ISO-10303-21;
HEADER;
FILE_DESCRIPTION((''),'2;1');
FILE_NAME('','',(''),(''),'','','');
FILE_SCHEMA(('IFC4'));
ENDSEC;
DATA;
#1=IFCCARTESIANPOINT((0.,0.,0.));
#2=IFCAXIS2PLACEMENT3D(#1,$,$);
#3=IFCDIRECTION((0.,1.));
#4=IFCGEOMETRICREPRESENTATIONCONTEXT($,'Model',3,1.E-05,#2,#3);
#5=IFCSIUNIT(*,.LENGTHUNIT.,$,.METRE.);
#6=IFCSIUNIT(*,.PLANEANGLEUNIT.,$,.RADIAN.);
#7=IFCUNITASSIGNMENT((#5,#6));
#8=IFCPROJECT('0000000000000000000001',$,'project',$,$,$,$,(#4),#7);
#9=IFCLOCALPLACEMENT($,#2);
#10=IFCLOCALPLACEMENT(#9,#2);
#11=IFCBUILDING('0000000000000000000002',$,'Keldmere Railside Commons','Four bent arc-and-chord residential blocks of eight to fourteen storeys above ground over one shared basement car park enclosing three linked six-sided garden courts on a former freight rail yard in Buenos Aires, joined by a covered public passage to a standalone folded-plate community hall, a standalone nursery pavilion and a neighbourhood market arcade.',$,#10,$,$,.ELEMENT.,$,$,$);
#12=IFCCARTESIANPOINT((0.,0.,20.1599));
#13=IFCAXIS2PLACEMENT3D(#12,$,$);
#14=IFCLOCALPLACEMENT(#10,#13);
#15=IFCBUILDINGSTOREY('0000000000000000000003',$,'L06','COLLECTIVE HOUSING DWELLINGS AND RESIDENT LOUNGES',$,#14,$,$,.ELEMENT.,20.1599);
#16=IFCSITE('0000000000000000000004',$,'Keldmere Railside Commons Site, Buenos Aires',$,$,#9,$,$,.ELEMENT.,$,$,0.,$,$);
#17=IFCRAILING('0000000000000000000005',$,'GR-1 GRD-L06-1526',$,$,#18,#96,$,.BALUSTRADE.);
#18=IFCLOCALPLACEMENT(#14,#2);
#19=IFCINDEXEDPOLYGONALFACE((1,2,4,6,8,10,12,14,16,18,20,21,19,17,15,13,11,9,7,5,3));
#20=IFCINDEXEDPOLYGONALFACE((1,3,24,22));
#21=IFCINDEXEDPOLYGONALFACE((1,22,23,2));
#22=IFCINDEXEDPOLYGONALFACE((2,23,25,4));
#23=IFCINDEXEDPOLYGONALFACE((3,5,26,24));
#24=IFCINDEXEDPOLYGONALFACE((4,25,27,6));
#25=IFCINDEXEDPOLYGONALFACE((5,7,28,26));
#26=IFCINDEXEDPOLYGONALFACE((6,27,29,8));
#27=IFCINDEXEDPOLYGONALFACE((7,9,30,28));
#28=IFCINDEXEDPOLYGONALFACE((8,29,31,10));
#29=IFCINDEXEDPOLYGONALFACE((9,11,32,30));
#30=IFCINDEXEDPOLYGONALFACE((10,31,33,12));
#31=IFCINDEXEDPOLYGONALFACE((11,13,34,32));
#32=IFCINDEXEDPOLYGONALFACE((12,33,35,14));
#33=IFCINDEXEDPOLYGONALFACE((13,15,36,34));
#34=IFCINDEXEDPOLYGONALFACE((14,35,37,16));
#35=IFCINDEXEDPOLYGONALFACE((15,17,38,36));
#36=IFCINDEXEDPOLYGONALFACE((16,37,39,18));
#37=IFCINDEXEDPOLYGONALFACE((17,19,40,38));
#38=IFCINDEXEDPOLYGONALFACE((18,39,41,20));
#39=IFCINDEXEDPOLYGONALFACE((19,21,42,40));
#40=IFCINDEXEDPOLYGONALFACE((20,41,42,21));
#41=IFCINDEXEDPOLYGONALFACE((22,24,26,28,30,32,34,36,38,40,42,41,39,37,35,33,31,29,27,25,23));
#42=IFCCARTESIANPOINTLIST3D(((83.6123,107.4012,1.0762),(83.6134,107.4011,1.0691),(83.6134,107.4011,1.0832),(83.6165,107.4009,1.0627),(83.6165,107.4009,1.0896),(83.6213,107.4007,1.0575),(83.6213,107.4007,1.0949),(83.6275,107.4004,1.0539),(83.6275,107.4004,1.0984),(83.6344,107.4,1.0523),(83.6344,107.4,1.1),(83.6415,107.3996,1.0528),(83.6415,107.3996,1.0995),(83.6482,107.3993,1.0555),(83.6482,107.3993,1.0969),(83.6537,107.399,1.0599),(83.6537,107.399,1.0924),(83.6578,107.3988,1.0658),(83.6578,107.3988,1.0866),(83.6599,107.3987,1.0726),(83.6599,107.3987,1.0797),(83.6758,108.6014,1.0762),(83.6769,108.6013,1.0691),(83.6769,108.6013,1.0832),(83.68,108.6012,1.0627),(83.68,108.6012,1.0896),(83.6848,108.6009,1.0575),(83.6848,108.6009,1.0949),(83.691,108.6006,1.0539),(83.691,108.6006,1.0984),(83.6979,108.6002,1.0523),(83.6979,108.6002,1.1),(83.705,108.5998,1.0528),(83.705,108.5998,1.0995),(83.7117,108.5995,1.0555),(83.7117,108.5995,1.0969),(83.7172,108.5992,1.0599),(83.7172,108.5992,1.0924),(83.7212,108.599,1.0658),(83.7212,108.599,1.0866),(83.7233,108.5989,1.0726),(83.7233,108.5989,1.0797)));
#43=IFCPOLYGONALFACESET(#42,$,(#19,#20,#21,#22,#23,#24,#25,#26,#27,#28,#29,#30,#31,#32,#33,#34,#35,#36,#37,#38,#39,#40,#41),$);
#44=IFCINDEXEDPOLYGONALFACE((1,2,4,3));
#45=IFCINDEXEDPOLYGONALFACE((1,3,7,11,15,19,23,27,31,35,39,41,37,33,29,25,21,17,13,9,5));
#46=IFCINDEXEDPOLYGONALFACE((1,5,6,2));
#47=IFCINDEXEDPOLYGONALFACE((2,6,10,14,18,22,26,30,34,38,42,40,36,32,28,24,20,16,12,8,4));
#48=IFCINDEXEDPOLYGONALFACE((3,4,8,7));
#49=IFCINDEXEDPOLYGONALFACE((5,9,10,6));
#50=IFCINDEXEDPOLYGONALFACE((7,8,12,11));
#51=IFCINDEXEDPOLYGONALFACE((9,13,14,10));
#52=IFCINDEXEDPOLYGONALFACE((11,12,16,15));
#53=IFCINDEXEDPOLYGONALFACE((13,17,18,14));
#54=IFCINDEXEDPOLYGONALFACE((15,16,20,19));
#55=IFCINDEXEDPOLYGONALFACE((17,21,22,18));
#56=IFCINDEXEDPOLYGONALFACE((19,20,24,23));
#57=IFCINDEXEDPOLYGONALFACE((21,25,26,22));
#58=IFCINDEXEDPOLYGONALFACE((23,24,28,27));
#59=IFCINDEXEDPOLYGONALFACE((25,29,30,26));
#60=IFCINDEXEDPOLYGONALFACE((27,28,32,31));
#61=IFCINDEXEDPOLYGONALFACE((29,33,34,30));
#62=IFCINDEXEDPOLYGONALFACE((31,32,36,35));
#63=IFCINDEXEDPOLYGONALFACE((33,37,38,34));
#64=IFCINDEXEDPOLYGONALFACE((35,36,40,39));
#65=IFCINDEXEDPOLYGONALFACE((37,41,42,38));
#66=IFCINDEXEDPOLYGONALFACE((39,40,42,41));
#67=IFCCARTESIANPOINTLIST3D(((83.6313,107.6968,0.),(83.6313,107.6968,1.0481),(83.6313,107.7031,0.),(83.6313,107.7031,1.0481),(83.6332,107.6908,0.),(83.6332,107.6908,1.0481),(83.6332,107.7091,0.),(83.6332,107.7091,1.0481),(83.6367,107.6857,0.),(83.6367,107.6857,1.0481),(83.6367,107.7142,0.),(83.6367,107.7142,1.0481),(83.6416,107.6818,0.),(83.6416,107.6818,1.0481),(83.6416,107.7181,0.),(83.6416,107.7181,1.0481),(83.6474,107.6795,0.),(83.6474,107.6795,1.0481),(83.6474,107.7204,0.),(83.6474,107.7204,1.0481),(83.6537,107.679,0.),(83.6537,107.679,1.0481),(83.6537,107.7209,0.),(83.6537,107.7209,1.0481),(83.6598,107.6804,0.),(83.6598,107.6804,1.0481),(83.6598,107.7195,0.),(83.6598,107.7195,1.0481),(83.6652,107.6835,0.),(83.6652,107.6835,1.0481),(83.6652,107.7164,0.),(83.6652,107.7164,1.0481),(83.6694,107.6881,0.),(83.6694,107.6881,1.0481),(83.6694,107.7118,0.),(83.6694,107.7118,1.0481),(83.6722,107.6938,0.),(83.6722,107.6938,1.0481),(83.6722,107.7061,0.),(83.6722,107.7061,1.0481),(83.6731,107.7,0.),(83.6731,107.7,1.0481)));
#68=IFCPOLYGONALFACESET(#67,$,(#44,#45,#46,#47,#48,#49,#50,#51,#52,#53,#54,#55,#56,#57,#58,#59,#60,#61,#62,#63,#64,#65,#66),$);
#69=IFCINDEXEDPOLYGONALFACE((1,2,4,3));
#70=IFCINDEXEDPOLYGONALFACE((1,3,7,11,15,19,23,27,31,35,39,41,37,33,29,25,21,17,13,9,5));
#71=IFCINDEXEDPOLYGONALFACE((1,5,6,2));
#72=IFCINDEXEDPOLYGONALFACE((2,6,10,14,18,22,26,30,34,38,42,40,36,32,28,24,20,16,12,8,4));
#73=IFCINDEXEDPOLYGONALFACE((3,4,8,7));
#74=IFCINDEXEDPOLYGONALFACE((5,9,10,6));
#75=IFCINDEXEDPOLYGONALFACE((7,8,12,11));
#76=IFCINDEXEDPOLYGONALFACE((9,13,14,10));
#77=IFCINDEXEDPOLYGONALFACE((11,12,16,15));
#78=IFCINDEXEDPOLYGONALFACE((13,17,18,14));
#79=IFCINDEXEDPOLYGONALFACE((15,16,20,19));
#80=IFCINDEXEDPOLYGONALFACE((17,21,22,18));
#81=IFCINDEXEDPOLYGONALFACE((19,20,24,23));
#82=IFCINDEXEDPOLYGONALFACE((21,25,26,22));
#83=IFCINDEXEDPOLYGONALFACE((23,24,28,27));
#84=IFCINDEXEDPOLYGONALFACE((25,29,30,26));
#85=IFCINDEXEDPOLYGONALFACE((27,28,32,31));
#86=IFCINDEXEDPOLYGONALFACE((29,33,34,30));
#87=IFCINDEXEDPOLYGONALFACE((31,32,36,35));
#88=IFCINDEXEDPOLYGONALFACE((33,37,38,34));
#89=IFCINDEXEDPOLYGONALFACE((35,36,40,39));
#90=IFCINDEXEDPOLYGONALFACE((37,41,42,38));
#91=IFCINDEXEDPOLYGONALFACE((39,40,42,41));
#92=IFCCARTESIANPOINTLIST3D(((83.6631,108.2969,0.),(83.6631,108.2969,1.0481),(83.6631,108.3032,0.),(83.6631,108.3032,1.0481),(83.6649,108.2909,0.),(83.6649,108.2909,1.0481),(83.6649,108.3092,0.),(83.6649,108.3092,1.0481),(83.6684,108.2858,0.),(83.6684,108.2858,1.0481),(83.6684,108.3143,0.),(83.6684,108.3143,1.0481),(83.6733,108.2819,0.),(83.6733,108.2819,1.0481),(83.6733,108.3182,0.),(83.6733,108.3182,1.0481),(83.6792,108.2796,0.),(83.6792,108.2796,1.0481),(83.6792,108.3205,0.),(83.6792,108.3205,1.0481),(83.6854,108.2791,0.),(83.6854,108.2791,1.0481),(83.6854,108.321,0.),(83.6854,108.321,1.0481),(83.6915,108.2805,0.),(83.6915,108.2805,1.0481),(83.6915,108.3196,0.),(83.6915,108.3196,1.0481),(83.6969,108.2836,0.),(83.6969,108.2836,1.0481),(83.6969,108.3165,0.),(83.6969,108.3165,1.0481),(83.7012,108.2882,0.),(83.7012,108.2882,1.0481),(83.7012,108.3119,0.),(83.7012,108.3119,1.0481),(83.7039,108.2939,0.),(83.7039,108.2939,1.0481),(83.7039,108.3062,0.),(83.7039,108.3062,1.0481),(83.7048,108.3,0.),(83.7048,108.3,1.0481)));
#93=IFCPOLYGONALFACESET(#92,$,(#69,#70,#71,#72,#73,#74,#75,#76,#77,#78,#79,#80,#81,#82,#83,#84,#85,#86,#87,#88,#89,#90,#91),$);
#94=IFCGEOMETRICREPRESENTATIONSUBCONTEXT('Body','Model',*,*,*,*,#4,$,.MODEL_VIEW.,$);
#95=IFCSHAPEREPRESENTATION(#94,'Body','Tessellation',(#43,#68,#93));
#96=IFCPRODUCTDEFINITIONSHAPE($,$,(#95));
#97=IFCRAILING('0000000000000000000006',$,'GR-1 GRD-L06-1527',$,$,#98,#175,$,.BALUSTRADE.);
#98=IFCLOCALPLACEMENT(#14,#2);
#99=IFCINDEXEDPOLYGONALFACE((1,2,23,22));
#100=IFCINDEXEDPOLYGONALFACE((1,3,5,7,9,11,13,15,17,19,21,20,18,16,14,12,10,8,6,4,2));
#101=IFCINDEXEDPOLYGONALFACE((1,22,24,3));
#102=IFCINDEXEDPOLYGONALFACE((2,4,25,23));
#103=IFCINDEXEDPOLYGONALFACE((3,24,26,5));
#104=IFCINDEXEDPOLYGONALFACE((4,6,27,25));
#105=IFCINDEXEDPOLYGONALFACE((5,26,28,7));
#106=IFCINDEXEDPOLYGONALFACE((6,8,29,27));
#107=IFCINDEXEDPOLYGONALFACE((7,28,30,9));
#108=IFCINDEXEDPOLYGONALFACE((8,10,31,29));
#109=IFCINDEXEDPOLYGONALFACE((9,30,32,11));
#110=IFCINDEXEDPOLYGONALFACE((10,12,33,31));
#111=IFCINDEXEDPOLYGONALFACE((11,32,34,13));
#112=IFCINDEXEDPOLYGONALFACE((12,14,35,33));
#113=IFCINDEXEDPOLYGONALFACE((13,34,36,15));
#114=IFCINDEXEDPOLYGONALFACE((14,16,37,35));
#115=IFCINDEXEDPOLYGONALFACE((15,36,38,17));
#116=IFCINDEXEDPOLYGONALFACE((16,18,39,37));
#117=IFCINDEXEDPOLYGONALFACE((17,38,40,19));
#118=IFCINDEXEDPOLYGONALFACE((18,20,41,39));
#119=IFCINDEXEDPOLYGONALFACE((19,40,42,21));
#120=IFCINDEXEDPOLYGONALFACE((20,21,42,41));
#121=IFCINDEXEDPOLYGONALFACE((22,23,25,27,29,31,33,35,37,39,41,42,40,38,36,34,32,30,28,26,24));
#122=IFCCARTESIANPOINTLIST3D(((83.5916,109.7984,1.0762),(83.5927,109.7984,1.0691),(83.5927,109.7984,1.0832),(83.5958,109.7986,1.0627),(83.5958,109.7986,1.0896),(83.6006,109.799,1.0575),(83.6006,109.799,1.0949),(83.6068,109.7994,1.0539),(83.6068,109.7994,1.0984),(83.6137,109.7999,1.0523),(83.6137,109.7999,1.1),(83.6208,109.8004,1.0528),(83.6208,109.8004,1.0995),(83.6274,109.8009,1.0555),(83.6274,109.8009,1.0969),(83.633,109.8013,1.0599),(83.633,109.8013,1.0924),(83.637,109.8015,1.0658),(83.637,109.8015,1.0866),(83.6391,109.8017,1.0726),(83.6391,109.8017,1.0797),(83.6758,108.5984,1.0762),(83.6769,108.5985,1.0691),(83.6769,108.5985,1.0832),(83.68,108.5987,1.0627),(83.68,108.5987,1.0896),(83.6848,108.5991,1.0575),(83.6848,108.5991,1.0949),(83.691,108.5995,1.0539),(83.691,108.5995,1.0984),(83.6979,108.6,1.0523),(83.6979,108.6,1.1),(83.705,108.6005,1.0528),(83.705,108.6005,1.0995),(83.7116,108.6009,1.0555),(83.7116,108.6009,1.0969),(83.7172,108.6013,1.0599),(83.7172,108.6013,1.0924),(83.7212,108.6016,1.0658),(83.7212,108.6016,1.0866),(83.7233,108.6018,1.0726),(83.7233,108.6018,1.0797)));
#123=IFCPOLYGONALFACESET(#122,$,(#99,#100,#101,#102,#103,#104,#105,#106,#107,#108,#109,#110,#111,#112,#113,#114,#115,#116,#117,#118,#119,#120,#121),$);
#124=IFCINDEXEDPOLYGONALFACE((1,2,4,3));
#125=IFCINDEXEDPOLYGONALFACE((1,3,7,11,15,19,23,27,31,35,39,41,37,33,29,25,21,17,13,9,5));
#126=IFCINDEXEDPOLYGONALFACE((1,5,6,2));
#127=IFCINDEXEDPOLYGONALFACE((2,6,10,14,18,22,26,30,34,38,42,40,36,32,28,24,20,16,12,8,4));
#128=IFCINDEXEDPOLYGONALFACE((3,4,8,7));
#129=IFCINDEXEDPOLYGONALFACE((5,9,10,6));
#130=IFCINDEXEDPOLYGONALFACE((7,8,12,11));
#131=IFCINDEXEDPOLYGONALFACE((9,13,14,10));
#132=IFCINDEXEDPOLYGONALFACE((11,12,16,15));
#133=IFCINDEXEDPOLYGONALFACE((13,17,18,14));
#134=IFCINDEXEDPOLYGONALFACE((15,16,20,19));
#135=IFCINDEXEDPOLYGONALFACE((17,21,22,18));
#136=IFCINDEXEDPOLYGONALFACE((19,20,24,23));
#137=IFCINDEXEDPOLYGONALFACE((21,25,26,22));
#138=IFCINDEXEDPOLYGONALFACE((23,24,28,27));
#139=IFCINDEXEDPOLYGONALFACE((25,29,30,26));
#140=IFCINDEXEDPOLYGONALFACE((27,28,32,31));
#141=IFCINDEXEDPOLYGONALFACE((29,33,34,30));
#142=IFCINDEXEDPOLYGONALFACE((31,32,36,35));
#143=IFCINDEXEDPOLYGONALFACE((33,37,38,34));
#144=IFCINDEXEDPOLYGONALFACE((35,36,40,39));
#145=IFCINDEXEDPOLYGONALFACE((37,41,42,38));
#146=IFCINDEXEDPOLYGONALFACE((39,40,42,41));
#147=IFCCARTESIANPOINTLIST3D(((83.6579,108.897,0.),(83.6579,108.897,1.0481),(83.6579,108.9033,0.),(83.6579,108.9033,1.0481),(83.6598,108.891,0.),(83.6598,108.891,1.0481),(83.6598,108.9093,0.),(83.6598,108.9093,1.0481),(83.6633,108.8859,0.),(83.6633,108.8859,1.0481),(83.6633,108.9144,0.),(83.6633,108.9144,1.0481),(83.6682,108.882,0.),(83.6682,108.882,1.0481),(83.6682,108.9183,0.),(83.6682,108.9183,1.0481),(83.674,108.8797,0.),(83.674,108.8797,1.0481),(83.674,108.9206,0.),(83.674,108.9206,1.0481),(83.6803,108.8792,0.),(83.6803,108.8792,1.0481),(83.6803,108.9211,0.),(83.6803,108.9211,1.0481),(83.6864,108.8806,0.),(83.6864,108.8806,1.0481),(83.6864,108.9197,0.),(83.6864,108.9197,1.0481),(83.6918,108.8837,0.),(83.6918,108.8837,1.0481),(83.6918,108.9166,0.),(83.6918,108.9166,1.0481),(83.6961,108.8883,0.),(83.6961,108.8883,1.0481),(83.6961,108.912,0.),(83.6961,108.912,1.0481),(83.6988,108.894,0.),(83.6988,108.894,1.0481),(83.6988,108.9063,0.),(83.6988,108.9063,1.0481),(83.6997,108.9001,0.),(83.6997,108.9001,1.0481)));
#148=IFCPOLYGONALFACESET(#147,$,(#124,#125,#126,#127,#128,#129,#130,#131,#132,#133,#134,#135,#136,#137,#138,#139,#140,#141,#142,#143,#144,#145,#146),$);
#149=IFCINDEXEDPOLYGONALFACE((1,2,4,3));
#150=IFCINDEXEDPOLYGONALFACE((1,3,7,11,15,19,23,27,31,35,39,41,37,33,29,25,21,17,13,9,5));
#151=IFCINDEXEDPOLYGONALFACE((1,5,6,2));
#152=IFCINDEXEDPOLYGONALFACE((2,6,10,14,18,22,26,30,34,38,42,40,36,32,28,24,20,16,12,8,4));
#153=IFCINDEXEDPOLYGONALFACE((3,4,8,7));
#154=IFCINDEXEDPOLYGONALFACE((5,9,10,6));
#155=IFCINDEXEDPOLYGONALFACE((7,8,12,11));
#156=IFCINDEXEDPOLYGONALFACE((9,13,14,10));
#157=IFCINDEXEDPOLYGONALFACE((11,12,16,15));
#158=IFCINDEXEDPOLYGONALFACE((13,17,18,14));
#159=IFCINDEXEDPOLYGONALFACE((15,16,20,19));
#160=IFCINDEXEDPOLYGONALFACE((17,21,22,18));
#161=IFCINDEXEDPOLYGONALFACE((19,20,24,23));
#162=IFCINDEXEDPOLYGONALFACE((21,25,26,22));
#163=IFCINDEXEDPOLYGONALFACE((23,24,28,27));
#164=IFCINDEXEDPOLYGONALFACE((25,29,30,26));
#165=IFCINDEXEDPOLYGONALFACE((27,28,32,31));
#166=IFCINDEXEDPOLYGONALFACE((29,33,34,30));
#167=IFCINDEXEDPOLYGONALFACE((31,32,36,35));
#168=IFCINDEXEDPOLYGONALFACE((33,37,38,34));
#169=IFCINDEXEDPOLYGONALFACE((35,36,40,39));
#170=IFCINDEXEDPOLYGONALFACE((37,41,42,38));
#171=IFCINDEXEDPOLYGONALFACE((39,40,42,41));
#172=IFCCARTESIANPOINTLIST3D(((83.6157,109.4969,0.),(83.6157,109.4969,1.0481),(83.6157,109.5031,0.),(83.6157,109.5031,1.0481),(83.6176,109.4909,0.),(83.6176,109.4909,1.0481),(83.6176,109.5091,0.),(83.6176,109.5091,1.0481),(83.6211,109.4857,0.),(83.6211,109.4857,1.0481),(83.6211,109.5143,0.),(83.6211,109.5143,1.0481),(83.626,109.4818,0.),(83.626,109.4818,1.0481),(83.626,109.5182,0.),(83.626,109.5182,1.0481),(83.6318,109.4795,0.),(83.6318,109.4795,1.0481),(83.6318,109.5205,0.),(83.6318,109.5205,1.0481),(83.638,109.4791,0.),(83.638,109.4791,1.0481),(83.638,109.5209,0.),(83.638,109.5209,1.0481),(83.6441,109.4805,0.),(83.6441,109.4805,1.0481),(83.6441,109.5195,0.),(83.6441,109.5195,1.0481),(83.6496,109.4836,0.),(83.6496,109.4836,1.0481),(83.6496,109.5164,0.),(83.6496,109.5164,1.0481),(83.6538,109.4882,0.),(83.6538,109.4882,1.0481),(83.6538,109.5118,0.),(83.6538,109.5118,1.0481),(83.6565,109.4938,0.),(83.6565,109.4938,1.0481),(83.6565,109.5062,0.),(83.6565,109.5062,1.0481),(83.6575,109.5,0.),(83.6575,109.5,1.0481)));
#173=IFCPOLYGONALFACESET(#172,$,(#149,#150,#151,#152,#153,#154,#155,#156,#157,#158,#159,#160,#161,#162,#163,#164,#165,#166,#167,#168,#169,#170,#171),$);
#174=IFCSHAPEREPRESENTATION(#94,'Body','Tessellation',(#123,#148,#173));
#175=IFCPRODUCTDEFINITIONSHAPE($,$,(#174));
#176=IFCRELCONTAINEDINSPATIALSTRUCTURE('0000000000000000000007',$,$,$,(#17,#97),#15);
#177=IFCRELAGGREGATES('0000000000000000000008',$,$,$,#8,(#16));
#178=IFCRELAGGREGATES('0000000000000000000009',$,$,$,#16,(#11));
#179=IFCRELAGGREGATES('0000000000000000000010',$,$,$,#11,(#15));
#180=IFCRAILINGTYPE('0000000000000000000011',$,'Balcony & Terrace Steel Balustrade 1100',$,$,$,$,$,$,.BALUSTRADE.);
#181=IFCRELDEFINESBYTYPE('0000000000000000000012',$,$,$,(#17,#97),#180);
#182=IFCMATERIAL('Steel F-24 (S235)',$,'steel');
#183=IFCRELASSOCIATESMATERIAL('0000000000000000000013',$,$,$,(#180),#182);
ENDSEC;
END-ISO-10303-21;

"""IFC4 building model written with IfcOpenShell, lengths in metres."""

from ifc_helpers import new_model, si_unit, direction, frame, origin, origin_2d, place, context, subcontext, project, spatial, circle, extrude, material, type_object, element, save


model = new_model("IFC4")

# Units and contexts
model_context = context("Model", 3, precision=1e-05, world=origin(), true_north=direction((0.0, 1.0)))
body_context = subcontext(model_context, "Body", "Model", "MODEL_VIEW")
ifc_project = project(units=[si_unit("LENGTHUNIT", "METRE"), si_unit("PLANEANGLEUNIT", "RADIAN")], contexts=[model_context])

# Site, building, storey
site_placement = place(None, origin())
site = spatial("IfcSite", under=ifc_project, at=site_placement, Name="Keldmere Railside Commons Site, Buenos Aires", CompositionType="ELEMENT", RefElevation=0.0)
building_placement = place(site_placement, origin())
building = spatial("IfcBuilding", under=site, at=building_placement, Name="Keldmere Railside Commons", Description="Four bent arc-and-chord residential blocks of eight to fourteen storeys above ground over one shared basement car park enclosing three linked six-sided garden courts on a former freight rail yard in Buenos Aires, joined by a covered public passage to a standalone folded-plate community hall, a standalone nursery pavilion and a neighbourhood market arcade.", CompositionType="ELEMENT")
storey_placement = place(building_placement, frame((0.0, 0.0, 20.1599)))
storey = spatial("IfcBuildingStorey", under=building, at=storey_placement, Name="L06", Description="COLLECTIVE HOUSING DWELLINGS AND RESIDENT LOUNGES", CompositionType="ELEMENT", Elevation=20.1599)

# Railings
ifc_material_1 = material(Name="Steel F-24 (S235)", Category="steel")
railing_type = type_object("IfcRailingType", Name="Balcony & Terrace Steel Balustrade 1100", PredefinedType="BALUSTRADE", material=ifc_material_1)
railing_1_placement = place(storey_placement, frame((83.6362, 107.3999, 0.0)))
element("IfcRailing", 1, at=railing_1_placement, inside=storey, type_object=railing_type, Name="GR-1 GRD-L06-1526", PredefinedType="BALUSTRADE", context=body_context, shape_type="SweptSolid", body=[
    extrude(circle(Radius=0.0239, at=origin_2d()), frame((0.0, 0.0, 1.0762), z_axis=(0.052815, 0.998604, 0.0), x_axis=(-0.998604, 0.052815, 0.0)), (0.0, 0.0, 1.0), 1.2019),
    extrude(circle(Radius=0.021, at=origin_2d()), frame((0.0159, 0.3, 0.0)), (0.0, 0.0, 1.0), 1.0481),
    extrude(circle(Radius=0.021, at=origin_2d()), frame((0.0476, 0.9001, 0.0)), (0.0, 0.0, 1.0), 1.0481),
])
railing_2_placement = place(storey_placement, frame((83.6997, 108.6001, 0.0)))
element("IfcRailing", 2, at=railing_2_placement, inside=storey, type_object=railing_type, Name="GR-1 GRD-L06-1527", PredefinedType="BALUSTRADE", context=body_context, shape_type="SweptSolid", body=[
    extrude(circle(Radius=0.0239, at=origin_2d()), frame((0.0, 0.0, 1.0762), z_axis=(-0.070021, 0.997546, 0.0), x_axis=(-0.997546, -0.070021, 0.0)), (0.0, 0.0, 1.0), 1.2029),
    extrude(circle(Radius=0.021, at=origin_2d()), frame((-0.021, 0.3, 0.0)), (0.0, 0.0, 1.0), 1.0481),
    extrude(circle(Radius=0.021, at=origin_2d()), frame((-0.0632, 0.8999, 0.0)), (0.0, 0.0, 1.0), 1.0481),
])

save(model, "model.ifc")
